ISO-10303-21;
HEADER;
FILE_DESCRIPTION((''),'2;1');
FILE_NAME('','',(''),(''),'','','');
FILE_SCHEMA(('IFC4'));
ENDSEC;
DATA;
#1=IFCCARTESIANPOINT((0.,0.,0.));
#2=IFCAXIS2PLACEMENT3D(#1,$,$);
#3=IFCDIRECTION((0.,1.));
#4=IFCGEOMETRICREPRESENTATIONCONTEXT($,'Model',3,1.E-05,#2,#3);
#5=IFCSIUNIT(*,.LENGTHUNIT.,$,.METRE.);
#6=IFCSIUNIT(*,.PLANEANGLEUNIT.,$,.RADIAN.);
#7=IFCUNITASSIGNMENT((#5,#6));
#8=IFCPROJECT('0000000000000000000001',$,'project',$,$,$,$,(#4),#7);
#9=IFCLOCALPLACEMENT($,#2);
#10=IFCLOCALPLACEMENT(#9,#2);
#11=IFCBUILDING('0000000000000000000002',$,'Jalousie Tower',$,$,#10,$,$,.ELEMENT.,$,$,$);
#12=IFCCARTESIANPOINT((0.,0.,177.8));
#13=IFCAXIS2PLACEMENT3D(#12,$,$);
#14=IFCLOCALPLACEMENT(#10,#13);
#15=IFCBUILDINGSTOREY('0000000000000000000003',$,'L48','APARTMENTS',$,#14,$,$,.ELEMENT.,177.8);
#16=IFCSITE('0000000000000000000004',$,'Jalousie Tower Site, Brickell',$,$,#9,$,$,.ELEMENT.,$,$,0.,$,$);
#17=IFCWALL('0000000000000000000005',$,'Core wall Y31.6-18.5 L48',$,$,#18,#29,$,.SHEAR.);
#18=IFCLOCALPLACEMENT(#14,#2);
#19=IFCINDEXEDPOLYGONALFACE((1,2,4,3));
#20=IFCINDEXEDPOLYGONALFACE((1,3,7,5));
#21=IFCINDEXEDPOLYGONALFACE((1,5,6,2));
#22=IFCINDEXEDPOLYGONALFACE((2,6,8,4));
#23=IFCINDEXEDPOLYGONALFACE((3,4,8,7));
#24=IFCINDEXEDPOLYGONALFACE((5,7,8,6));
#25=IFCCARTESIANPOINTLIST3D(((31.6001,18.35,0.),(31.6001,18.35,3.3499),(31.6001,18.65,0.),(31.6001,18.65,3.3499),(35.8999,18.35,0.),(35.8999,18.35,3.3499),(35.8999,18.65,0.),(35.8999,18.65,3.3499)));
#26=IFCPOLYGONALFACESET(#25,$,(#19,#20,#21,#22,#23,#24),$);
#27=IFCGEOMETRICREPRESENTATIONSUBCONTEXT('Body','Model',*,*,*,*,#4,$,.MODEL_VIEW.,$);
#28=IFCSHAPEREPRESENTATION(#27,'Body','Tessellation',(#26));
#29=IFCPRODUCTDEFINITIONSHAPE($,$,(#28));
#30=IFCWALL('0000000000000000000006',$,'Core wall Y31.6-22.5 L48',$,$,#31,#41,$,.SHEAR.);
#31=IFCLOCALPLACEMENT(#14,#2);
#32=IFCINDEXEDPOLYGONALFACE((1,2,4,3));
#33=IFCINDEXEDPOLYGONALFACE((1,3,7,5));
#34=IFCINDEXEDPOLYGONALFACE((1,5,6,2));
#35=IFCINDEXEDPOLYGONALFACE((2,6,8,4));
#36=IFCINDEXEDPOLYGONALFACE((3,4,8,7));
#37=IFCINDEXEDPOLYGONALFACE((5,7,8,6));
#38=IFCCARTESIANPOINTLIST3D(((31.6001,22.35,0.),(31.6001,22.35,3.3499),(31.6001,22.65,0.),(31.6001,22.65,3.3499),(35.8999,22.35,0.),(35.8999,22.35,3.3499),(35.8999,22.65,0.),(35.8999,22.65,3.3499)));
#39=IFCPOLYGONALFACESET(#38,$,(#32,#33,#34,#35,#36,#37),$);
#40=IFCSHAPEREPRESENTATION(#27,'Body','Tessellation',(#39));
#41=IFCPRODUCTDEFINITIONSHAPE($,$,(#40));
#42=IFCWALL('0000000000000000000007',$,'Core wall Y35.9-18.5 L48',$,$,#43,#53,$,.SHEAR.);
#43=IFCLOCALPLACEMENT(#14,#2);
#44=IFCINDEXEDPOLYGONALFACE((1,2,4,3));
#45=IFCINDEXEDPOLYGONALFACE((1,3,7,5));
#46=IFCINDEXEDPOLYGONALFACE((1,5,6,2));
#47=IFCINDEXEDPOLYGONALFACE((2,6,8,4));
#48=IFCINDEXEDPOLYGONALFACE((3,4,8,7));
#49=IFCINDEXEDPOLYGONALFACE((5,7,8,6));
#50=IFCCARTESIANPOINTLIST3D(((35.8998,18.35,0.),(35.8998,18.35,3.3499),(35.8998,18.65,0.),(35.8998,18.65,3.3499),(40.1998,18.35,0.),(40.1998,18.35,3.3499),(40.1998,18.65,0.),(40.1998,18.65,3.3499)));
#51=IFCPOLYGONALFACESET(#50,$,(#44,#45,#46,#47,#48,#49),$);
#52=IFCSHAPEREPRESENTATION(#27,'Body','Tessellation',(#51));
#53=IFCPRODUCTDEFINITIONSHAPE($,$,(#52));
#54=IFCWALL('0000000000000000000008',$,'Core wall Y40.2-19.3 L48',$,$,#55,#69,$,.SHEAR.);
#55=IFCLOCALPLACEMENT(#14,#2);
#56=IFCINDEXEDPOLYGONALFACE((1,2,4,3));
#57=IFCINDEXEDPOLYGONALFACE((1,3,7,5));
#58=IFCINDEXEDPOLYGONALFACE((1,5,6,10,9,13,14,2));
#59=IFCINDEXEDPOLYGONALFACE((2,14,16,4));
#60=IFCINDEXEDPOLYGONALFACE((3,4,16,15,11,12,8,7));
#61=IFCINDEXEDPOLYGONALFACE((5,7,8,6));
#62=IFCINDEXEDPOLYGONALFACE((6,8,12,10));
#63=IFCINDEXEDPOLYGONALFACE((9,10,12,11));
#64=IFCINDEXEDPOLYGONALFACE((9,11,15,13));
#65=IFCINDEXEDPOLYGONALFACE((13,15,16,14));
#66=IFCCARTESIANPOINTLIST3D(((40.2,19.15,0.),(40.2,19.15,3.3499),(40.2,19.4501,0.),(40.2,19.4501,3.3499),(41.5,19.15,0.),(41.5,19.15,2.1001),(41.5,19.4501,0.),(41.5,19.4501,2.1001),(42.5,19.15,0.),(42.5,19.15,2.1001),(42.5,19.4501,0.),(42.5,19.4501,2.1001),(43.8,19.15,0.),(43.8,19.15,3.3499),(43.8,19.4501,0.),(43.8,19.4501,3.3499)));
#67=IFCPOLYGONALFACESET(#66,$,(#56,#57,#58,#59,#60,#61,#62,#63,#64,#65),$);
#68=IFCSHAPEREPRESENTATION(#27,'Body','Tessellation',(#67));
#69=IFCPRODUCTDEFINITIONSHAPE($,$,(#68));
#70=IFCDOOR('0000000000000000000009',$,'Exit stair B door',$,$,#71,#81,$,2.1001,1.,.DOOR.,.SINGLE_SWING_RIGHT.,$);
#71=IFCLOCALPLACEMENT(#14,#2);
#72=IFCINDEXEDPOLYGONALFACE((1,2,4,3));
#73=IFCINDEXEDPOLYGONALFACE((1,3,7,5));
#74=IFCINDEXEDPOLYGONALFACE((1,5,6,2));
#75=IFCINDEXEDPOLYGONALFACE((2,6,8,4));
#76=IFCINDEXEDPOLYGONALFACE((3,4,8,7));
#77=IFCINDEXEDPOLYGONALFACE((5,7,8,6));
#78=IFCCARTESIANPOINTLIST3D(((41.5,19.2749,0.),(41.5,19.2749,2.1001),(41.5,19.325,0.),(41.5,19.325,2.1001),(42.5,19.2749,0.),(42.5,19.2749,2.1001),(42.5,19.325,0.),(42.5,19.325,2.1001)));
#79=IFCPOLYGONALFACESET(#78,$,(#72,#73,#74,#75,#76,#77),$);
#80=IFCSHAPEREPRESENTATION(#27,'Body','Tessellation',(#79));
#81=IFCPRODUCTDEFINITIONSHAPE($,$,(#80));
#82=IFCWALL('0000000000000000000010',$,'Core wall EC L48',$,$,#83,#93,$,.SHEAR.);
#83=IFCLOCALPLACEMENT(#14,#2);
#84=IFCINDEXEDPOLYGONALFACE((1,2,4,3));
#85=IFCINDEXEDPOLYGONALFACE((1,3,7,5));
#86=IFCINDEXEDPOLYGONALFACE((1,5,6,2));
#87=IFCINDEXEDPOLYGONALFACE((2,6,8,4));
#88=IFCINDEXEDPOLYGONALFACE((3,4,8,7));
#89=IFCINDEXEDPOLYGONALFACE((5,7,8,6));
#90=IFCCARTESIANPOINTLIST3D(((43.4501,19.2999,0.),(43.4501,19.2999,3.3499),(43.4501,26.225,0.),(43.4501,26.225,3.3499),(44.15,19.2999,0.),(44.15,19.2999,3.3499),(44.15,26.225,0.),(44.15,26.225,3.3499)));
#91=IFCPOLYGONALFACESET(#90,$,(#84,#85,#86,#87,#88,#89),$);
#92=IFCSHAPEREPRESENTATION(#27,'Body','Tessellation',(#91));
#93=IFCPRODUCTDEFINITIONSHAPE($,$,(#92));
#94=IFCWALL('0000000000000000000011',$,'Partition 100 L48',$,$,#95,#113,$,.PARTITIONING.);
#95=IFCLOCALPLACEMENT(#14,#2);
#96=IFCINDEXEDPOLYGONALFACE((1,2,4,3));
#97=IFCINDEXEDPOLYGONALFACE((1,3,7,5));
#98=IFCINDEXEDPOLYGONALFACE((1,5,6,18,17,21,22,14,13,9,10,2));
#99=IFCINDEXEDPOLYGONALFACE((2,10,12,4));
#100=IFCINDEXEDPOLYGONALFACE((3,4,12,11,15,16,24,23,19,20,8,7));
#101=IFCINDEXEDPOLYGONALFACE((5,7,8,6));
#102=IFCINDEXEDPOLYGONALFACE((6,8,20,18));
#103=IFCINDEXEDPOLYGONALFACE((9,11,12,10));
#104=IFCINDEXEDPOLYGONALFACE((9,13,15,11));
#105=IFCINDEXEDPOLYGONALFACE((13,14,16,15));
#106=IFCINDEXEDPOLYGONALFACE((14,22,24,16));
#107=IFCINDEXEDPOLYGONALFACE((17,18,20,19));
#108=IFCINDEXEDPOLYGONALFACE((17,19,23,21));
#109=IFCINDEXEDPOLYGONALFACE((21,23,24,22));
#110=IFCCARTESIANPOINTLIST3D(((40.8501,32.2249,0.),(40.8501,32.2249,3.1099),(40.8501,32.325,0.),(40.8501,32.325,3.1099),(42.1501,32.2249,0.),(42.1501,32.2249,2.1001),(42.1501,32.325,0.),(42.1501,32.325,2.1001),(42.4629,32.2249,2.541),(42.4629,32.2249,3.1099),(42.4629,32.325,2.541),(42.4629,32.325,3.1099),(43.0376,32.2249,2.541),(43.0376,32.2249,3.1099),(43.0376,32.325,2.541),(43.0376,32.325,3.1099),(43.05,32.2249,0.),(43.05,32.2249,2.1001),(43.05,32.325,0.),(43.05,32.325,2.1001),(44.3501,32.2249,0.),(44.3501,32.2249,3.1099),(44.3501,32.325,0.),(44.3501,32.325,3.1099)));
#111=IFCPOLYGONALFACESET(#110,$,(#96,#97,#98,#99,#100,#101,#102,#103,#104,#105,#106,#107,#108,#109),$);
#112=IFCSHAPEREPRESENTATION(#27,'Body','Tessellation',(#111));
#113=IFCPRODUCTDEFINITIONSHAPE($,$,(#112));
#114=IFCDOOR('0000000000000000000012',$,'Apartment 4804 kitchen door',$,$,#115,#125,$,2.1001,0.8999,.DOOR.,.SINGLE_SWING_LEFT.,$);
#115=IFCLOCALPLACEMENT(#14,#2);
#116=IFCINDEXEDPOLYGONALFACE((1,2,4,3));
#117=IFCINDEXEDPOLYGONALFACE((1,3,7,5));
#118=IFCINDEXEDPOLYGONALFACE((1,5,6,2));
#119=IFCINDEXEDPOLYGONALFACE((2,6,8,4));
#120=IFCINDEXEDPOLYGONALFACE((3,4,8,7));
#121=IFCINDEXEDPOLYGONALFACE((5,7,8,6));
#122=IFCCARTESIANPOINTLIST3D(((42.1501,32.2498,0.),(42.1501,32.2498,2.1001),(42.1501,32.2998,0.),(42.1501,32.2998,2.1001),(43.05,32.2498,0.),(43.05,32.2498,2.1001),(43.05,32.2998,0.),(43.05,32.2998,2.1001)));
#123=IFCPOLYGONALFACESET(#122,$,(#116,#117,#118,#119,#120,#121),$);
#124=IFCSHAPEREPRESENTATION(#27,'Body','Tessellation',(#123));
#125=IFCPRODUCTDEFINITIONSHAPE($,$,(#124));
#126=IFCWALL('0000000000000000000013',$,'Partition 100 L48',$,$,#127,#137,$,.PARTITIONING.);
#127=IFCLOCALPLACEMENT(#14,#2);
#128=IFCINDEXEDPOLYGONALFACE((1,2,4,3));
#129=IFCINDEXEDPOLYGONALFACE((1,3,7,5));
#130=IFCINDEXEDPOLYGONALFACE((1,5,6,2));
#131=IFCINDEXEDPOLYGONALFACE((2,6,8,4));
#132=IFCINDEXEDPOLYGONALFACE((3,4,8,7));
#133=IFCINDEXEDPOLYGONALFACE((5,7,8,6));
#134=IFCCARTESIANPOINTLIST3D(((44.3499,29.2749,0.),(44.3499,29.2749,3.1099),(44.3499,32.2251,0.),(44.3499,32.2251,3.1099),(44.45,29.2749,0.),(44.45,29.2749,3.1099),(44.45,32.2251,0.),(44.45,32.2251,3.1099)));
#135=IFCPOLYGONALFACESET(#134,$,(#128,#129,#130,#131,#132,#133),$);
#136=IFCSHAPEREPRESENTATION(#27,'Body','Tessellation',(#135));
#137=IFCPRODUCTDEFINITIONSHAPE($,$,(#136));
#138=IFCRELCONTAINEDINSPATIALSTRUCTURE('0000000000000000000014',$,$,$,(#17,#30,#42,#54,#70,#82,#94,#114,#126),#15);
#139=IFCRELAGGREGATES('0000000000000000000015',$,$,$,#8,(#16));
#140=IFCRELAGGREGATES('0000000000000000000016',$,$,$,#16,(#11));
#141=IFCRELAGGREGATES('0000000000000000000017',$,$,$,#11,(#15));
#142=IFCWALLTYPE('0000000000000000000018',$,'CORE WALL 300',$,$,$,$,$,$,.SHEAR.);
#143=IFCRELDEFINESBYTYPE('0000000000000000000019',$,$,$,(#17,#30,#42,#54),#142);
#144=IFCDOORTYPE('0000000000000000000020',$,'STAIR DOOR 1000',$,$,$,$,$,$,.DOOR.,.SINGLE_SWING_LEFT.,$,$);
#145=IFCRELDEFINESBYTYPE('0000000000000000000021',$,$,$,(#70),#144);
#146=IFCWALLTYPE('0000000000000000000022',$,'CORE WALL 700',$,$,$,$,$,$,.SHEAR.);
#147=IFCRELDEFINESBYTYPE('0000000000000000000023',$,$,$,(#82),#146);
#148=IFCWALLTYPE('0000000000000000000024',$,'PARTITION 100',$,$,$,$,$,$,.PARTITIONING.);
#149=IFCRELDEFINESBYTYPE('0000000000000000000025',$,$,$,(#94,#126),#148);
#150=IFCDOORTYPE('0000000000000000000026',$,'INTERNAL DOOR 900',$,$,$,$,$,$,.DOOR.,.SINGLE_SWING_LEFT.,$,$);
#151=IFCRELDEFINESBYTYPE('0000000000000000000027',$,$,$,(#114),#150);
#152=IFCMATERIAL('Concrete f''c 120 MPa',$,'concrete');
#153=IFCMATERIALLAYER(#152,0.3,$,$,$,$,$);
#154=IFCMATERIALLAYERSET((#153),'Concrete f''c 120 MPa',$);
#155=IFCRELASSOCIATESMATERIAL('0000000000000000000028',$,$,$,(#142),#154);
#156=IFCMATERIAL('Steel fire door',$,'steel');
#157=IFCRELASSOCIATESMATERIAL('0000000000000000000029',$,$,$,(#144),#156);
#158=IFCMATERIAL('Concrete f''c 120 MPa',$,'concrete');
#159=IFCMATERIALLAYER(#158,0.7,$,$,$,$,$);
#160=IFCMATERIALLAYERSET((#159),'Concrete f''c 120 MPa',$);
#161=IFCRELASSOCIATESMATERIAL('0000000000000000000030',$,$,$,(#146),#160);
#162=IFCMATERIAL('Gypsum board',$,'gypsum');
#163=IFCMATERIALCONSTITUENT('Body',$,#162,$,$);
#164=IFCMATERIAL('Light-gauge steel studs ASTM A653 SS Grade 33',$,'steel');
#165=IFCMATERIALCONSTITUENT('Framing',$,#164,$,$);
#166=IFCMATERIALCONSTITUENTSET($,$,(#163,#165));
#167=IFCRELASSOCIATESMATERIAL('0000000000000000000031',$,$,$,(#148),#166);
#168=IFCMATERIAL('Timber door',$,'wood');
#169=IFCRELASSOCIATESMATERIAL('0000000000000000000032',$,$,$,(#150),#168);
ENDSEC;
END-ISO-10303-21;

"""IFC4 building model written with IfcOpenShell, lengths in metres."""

from ifc_helpers import new_model, si_unit, direction, frame, frame_2d, origin, place, context, subcontext, project, spatial, polyline, rectangle, outline, extrude, material, layer, layer_set, constituent, constituent_set, type_object, element, fill, save


model = new_model("IFC4")

# Units and contexts
model_context = context("Model", 3, precision=1e-05, world=origin(), true_north=direction((0.0, 1.0)))
body_context = subcontext(model_context, "Body", "Model", "MODEL_VIEW")
ifc_project = project(units=[si_unit("LENGTHUNIT", "METRE"), si_unit("PLANEANGLEUNIT", "RADIAN")], contexts=[model_context])

# Site, building, storey
site_placement = place(None, origin())
site = spatial("IfcSite", under=ifc_project, at=site_placement, Name="Jalousie Tower Site, Brickell", CompositionType="ELEMENT", RefElevation=0.0)
building_placement = place(site_placement, origin())
building = spatial("IfcBuilding", under=site, at=building_placement, Name="Jalousie Tower", CompositionType="ELEMENT")
storey_placement = place(building_placement, frame((0.0, 0.0, 177.8)))
storey = spatial("IfcBuildingStorey", under=building, at=storey_placement, Name="L48", Description="APARTMENTS", CompositionType="ELEMENT", Elevation=177.8)

# Walls
ifc_material_1 = material(Name="Concrete f'c 120 MPa", Category="concrete")
ifc_layer_1 = layer(ifc_material_1, 0.3)
ifc_layer_set_1 = layer_set([ifc_layer_1], Name="Concrete f'c 120 MPa")
wall_type_1 = type_object("IfcWallType", Name="CORE WALL 300", PredefinedType="SHEAR", material=ifc_layer_set_1)
for number, where, z_axis, x_axis, name in (
    (1, (31.6001, 18.5, 0.0), (0.0, 0.0, 1.0), (1.0, 0.0, 0.0), "Core wall Y31.6-18.5 L48"),
    (2, (31.6001, 22.5, 0.0), (0.0, 0.0, 1.0), (1.0, 0.0, 0.0), "Core wall Y31.6-22.5 L48"),
):
    element("IfcWall", number, at=place(storey_placement, frame(where, z_axis=z_axis, x_axis=x_axis)), inside=storey, type_object=wall_type_1, Name=name, PredefinedType="SHEAR", context=body_context, shape_type="SweptSolid", body=[
        extrude(rectangle(XDim=4.2998, YDim=0.3, at=frame_2d((2.1499, 0.0))), origin(), (0.0, 0.0, 1.0), 3.3499),
    ])
wall_1_placement = place(storey_placement, frame((35.8999, 18.5, 0.0), z_axis=(0.0, 0.0, 1.0), x_axis=(1.0, 0.0, 0.0)))
element("IfcWall", 3, at=wall_1_placement, inside=storey, type_object=wall_type_1, Name="Core wall Y35.9-18.5 L48", PredefinedType="SHEAR", context=body_context, shape_type="SweptSolid", body=[
    extrude(rectangle(XDim=4.3, YDim=0.3, at=frame_2d((2.1499, 0.0))), origin(), (0.0, 0.0, 1.0), 3.3499),
])

# Wall, opening, door
wall_2_placement = place(storey_placement, frame((40.2, 19.3, 0.0), z_axis=(0.0, 0.0, 1.0), x_axis=(1.0, 0.0, 0.0)))
wall_2 = element("IfcWall", 4, at=wall_2_placement, inside=storey, type_object=wall_type_1, Name="Core wall Y40.2-19.3 L48", PredefinedType="SHEAR", context=body_context, shape_type="SweptSolid", body=[
    extrude(rectangle(XDim=3.6001, YDim=0.3, at=frame_2d((1.8, 0.0))), origin(), (0.0, 0.0, 1.0), 3.3499),
])
opening_1_placement = place(wall_2_placement, frame((1.3, 0.0, 0.0)))
opening_1 = element("IfcOpeningElement", 5, at=opening_1_placement, cuts=wall_2, PredefinedType="OPENING", context=body_context, shape_type="SweptSolid", body=[
    extrude(rectangle(XDim=1.0, YDim=2.1001, at=frame_2d((0.5, 1.05))), frame((0.0, 0.1599, 0.0), z_axis=(0.0, -1.0, 0.0), x_axis=(1.0, 0.0, 0.0)), (0.0, 0.0, 1.0), 0.3201),
])
ifc_material_2 = material(Name="Steel fire door", Category="steel")
door_type_1 = type_object("IfcDoorType", Name="STAIR DOOR 1000", OperationType="SINGLE_SWING_LEFT", PredefinedType="DOOR", material=ifc_material_2)
door_1_placement = place(opening_1_placement, origin())
door_1 = element("IfcDoor", 6, at=door_1_placement, inside=storey, type_object=door_type_1, Name="Exit stair B door", OperationType="SINGLE_SWING_RIGHT", OverallHeight=2.1001, OverallWidth=1.0, PredefinedType="DOOR", context=body_context, shape_type="SweptSolid", body=[
    extrude(rectangle(XDim=1.0, YDim=2.1001, at=frame_2d((0.5, 1.05))), frame((0.0, 0.0249, 0.0), z_axis=(0.0, -1.0, 0.0), x_axis=(1.0, 0.0, 0.0)), (0.0, 0.0, 1.0), 0.05),
])
fill(opening_1, door_1)

# Wall
ifc_material_3 = material(Name="Concrete f'c 120 MPa", Category="concrete")
ifc_layer_2 = layer(ifc_material_3, 0.7)
ifc_layer_set_2 = layer_set([ifc_layer_2], Name="Concrete f'c 120 MPa")
wall_type_2 = type_object("IfcWallType", Name="CORE WALL 700", PredefinedType="SHEAR", material=ifc_layer_set_2)
wall_3_placement = place(storey_placement, frame((43.8, 19.3, 0.0), z_axis=(0.0, 0.0, 1.0), x_axis=(0.0, 1.0, 0.0)))
element("IfcWall", 7, at=wall_3_placement, inside=storey, type_object=wall_type_2, Name="Core wall EC L48", PredefinedType="SHEAR", context=body_context, shape_type="SweptSolid", body=[
    extrude(rectangle(XDim=6.925, YDim=0.7, at=frame_2d((3.4624, 0.0))), origin(), (0.0, 0.0, 1.0), 3.3499),
])

# Wall, opening, door
ifc_material_4 = material(Name="Gypsum board", Category="gypsum")
ifc_constituent_1 = constituent(ifc_material_4, Name="Body")
ifc_material_5 = material(Name="Light-gauge steel studs ASTM A653 SS Grade 33", Category="steel")
ifc_constituent_2 = constituent(ifc_material_5, Name="Framing")
ifc_constituent_set_1 = constituent_set(constituents=[ifc_constituent_1, ifc_constituent_2])
wall_type_3 = type_object("IfcWallType", Name="PARTITION 100", PredefinedType="PARTITIONING", material=ifc_constituent_set_1)
wall_4_placement = place(storey_placement, frame((40.8501, 32.2749, 0.0), z_axis=(0.0, 0.0, 1.0), x_axis=(1.0, 0.0, 0.0)))
wall_4 = element("IfcWall", 8, at=wall_4_placement, inside=storey, type_object=wall_type_3, Name="Partition 100 L48", PredefinedType="PARTITIONING", context=body_context, shape_type="SweptSolid", body=[
    extrude(outline(polyline([(0.0, 0.0), (3.5, 0.0), (3.5, 3.1099), (2.1875, 3.1099), (2.1875, 2.541), (1.6128, 2.541), (1.6128, 3.1099), (0.0, 3.1099), (0.0, 0.0)])), frame((0.0, 0.05, 0.0), z_axis=(0.0, -1.0, 0.0), x_axis=(1.0, 0.0, 0.0)), (0.0, 0.0, 1.0), 0.1001),
])
opening_2_placement = place(wall_4_placement, frame((1.3, 0.0, 0.0)))
opening_2 = element("IfcOpeningElement", 9, at=opening_2_placement, cuts=wall_4, PredefinedType="OPENING", context=body_context, shape_type="SweptSolid", body=[
    extrude(rectangle(XDim=0.8999, YDim=2.1001, at=frame_2d((0.45, 1.05))), frame((0.0, 0.0601, 0.0), z_axis=(0.0, -1.0, 0.0), x_axis=(1.0, 0.0, 0.0)), (0.0, 0.0, 1.0), 0.1201),
])
ifc_material_6 = material(Name="Timber door", Category="wood")
door_type_2 = type_object("IfcDoorType", Name="INTERNAL DOOR 900", OperationType="SINGLE_SWING_LEFT", PredefinedType="DOOR", material=ifc_material_6)
door_2_placement = place(opening_2_placement, origin())
door_2 = element("IfcDoor", 10, at=door_2_placement, inside=storey, type_object=door_type_2, Name="Apartment 4804 kitchen door", OperationType="SINGLE_SWING_LEFT", OverallHeight=2.1001, OverallWidth=0.8999, PredefinedType="DOOR", context=body_context, shape_type="SweptSolid", body=[
    extrude(rectangle(XDim=0.8999, YDim=2.1001, at=frame_2d((0.45, 1.05))), frame((0.0, 0.0249, 0.0), z_axis=(0.0, -1.0, 0.0), x_axis=(1.0, 0.0, 0.0)), (0.0, 0.0, 1.0), 0.05),
])
fill(opening_2, door_2)

# Wall
wall_5_placement = place(storey_placement, frame((44.3999, 32.2251, 0.0), z_axis=(0.0, 0.0, 1.0), x_axis=(0.0, -1.0, 0.0)))
element("IfcWall", 11, at=wall_5_placement, inside=storey, type_object=wall_type_3, Name="Partition 100 L48", PredefinedType="PARTITIONING", context=body_context, shape_type="SweptSolid", body=[
    extrude(rectangle(XDim=2.9502, YDim=0.1001, at=frame_2d((1.4751, 0.0))), origin(), (0.0, 0.0, 1.0), 3.1099),
])

save(model, "model.ifc")
